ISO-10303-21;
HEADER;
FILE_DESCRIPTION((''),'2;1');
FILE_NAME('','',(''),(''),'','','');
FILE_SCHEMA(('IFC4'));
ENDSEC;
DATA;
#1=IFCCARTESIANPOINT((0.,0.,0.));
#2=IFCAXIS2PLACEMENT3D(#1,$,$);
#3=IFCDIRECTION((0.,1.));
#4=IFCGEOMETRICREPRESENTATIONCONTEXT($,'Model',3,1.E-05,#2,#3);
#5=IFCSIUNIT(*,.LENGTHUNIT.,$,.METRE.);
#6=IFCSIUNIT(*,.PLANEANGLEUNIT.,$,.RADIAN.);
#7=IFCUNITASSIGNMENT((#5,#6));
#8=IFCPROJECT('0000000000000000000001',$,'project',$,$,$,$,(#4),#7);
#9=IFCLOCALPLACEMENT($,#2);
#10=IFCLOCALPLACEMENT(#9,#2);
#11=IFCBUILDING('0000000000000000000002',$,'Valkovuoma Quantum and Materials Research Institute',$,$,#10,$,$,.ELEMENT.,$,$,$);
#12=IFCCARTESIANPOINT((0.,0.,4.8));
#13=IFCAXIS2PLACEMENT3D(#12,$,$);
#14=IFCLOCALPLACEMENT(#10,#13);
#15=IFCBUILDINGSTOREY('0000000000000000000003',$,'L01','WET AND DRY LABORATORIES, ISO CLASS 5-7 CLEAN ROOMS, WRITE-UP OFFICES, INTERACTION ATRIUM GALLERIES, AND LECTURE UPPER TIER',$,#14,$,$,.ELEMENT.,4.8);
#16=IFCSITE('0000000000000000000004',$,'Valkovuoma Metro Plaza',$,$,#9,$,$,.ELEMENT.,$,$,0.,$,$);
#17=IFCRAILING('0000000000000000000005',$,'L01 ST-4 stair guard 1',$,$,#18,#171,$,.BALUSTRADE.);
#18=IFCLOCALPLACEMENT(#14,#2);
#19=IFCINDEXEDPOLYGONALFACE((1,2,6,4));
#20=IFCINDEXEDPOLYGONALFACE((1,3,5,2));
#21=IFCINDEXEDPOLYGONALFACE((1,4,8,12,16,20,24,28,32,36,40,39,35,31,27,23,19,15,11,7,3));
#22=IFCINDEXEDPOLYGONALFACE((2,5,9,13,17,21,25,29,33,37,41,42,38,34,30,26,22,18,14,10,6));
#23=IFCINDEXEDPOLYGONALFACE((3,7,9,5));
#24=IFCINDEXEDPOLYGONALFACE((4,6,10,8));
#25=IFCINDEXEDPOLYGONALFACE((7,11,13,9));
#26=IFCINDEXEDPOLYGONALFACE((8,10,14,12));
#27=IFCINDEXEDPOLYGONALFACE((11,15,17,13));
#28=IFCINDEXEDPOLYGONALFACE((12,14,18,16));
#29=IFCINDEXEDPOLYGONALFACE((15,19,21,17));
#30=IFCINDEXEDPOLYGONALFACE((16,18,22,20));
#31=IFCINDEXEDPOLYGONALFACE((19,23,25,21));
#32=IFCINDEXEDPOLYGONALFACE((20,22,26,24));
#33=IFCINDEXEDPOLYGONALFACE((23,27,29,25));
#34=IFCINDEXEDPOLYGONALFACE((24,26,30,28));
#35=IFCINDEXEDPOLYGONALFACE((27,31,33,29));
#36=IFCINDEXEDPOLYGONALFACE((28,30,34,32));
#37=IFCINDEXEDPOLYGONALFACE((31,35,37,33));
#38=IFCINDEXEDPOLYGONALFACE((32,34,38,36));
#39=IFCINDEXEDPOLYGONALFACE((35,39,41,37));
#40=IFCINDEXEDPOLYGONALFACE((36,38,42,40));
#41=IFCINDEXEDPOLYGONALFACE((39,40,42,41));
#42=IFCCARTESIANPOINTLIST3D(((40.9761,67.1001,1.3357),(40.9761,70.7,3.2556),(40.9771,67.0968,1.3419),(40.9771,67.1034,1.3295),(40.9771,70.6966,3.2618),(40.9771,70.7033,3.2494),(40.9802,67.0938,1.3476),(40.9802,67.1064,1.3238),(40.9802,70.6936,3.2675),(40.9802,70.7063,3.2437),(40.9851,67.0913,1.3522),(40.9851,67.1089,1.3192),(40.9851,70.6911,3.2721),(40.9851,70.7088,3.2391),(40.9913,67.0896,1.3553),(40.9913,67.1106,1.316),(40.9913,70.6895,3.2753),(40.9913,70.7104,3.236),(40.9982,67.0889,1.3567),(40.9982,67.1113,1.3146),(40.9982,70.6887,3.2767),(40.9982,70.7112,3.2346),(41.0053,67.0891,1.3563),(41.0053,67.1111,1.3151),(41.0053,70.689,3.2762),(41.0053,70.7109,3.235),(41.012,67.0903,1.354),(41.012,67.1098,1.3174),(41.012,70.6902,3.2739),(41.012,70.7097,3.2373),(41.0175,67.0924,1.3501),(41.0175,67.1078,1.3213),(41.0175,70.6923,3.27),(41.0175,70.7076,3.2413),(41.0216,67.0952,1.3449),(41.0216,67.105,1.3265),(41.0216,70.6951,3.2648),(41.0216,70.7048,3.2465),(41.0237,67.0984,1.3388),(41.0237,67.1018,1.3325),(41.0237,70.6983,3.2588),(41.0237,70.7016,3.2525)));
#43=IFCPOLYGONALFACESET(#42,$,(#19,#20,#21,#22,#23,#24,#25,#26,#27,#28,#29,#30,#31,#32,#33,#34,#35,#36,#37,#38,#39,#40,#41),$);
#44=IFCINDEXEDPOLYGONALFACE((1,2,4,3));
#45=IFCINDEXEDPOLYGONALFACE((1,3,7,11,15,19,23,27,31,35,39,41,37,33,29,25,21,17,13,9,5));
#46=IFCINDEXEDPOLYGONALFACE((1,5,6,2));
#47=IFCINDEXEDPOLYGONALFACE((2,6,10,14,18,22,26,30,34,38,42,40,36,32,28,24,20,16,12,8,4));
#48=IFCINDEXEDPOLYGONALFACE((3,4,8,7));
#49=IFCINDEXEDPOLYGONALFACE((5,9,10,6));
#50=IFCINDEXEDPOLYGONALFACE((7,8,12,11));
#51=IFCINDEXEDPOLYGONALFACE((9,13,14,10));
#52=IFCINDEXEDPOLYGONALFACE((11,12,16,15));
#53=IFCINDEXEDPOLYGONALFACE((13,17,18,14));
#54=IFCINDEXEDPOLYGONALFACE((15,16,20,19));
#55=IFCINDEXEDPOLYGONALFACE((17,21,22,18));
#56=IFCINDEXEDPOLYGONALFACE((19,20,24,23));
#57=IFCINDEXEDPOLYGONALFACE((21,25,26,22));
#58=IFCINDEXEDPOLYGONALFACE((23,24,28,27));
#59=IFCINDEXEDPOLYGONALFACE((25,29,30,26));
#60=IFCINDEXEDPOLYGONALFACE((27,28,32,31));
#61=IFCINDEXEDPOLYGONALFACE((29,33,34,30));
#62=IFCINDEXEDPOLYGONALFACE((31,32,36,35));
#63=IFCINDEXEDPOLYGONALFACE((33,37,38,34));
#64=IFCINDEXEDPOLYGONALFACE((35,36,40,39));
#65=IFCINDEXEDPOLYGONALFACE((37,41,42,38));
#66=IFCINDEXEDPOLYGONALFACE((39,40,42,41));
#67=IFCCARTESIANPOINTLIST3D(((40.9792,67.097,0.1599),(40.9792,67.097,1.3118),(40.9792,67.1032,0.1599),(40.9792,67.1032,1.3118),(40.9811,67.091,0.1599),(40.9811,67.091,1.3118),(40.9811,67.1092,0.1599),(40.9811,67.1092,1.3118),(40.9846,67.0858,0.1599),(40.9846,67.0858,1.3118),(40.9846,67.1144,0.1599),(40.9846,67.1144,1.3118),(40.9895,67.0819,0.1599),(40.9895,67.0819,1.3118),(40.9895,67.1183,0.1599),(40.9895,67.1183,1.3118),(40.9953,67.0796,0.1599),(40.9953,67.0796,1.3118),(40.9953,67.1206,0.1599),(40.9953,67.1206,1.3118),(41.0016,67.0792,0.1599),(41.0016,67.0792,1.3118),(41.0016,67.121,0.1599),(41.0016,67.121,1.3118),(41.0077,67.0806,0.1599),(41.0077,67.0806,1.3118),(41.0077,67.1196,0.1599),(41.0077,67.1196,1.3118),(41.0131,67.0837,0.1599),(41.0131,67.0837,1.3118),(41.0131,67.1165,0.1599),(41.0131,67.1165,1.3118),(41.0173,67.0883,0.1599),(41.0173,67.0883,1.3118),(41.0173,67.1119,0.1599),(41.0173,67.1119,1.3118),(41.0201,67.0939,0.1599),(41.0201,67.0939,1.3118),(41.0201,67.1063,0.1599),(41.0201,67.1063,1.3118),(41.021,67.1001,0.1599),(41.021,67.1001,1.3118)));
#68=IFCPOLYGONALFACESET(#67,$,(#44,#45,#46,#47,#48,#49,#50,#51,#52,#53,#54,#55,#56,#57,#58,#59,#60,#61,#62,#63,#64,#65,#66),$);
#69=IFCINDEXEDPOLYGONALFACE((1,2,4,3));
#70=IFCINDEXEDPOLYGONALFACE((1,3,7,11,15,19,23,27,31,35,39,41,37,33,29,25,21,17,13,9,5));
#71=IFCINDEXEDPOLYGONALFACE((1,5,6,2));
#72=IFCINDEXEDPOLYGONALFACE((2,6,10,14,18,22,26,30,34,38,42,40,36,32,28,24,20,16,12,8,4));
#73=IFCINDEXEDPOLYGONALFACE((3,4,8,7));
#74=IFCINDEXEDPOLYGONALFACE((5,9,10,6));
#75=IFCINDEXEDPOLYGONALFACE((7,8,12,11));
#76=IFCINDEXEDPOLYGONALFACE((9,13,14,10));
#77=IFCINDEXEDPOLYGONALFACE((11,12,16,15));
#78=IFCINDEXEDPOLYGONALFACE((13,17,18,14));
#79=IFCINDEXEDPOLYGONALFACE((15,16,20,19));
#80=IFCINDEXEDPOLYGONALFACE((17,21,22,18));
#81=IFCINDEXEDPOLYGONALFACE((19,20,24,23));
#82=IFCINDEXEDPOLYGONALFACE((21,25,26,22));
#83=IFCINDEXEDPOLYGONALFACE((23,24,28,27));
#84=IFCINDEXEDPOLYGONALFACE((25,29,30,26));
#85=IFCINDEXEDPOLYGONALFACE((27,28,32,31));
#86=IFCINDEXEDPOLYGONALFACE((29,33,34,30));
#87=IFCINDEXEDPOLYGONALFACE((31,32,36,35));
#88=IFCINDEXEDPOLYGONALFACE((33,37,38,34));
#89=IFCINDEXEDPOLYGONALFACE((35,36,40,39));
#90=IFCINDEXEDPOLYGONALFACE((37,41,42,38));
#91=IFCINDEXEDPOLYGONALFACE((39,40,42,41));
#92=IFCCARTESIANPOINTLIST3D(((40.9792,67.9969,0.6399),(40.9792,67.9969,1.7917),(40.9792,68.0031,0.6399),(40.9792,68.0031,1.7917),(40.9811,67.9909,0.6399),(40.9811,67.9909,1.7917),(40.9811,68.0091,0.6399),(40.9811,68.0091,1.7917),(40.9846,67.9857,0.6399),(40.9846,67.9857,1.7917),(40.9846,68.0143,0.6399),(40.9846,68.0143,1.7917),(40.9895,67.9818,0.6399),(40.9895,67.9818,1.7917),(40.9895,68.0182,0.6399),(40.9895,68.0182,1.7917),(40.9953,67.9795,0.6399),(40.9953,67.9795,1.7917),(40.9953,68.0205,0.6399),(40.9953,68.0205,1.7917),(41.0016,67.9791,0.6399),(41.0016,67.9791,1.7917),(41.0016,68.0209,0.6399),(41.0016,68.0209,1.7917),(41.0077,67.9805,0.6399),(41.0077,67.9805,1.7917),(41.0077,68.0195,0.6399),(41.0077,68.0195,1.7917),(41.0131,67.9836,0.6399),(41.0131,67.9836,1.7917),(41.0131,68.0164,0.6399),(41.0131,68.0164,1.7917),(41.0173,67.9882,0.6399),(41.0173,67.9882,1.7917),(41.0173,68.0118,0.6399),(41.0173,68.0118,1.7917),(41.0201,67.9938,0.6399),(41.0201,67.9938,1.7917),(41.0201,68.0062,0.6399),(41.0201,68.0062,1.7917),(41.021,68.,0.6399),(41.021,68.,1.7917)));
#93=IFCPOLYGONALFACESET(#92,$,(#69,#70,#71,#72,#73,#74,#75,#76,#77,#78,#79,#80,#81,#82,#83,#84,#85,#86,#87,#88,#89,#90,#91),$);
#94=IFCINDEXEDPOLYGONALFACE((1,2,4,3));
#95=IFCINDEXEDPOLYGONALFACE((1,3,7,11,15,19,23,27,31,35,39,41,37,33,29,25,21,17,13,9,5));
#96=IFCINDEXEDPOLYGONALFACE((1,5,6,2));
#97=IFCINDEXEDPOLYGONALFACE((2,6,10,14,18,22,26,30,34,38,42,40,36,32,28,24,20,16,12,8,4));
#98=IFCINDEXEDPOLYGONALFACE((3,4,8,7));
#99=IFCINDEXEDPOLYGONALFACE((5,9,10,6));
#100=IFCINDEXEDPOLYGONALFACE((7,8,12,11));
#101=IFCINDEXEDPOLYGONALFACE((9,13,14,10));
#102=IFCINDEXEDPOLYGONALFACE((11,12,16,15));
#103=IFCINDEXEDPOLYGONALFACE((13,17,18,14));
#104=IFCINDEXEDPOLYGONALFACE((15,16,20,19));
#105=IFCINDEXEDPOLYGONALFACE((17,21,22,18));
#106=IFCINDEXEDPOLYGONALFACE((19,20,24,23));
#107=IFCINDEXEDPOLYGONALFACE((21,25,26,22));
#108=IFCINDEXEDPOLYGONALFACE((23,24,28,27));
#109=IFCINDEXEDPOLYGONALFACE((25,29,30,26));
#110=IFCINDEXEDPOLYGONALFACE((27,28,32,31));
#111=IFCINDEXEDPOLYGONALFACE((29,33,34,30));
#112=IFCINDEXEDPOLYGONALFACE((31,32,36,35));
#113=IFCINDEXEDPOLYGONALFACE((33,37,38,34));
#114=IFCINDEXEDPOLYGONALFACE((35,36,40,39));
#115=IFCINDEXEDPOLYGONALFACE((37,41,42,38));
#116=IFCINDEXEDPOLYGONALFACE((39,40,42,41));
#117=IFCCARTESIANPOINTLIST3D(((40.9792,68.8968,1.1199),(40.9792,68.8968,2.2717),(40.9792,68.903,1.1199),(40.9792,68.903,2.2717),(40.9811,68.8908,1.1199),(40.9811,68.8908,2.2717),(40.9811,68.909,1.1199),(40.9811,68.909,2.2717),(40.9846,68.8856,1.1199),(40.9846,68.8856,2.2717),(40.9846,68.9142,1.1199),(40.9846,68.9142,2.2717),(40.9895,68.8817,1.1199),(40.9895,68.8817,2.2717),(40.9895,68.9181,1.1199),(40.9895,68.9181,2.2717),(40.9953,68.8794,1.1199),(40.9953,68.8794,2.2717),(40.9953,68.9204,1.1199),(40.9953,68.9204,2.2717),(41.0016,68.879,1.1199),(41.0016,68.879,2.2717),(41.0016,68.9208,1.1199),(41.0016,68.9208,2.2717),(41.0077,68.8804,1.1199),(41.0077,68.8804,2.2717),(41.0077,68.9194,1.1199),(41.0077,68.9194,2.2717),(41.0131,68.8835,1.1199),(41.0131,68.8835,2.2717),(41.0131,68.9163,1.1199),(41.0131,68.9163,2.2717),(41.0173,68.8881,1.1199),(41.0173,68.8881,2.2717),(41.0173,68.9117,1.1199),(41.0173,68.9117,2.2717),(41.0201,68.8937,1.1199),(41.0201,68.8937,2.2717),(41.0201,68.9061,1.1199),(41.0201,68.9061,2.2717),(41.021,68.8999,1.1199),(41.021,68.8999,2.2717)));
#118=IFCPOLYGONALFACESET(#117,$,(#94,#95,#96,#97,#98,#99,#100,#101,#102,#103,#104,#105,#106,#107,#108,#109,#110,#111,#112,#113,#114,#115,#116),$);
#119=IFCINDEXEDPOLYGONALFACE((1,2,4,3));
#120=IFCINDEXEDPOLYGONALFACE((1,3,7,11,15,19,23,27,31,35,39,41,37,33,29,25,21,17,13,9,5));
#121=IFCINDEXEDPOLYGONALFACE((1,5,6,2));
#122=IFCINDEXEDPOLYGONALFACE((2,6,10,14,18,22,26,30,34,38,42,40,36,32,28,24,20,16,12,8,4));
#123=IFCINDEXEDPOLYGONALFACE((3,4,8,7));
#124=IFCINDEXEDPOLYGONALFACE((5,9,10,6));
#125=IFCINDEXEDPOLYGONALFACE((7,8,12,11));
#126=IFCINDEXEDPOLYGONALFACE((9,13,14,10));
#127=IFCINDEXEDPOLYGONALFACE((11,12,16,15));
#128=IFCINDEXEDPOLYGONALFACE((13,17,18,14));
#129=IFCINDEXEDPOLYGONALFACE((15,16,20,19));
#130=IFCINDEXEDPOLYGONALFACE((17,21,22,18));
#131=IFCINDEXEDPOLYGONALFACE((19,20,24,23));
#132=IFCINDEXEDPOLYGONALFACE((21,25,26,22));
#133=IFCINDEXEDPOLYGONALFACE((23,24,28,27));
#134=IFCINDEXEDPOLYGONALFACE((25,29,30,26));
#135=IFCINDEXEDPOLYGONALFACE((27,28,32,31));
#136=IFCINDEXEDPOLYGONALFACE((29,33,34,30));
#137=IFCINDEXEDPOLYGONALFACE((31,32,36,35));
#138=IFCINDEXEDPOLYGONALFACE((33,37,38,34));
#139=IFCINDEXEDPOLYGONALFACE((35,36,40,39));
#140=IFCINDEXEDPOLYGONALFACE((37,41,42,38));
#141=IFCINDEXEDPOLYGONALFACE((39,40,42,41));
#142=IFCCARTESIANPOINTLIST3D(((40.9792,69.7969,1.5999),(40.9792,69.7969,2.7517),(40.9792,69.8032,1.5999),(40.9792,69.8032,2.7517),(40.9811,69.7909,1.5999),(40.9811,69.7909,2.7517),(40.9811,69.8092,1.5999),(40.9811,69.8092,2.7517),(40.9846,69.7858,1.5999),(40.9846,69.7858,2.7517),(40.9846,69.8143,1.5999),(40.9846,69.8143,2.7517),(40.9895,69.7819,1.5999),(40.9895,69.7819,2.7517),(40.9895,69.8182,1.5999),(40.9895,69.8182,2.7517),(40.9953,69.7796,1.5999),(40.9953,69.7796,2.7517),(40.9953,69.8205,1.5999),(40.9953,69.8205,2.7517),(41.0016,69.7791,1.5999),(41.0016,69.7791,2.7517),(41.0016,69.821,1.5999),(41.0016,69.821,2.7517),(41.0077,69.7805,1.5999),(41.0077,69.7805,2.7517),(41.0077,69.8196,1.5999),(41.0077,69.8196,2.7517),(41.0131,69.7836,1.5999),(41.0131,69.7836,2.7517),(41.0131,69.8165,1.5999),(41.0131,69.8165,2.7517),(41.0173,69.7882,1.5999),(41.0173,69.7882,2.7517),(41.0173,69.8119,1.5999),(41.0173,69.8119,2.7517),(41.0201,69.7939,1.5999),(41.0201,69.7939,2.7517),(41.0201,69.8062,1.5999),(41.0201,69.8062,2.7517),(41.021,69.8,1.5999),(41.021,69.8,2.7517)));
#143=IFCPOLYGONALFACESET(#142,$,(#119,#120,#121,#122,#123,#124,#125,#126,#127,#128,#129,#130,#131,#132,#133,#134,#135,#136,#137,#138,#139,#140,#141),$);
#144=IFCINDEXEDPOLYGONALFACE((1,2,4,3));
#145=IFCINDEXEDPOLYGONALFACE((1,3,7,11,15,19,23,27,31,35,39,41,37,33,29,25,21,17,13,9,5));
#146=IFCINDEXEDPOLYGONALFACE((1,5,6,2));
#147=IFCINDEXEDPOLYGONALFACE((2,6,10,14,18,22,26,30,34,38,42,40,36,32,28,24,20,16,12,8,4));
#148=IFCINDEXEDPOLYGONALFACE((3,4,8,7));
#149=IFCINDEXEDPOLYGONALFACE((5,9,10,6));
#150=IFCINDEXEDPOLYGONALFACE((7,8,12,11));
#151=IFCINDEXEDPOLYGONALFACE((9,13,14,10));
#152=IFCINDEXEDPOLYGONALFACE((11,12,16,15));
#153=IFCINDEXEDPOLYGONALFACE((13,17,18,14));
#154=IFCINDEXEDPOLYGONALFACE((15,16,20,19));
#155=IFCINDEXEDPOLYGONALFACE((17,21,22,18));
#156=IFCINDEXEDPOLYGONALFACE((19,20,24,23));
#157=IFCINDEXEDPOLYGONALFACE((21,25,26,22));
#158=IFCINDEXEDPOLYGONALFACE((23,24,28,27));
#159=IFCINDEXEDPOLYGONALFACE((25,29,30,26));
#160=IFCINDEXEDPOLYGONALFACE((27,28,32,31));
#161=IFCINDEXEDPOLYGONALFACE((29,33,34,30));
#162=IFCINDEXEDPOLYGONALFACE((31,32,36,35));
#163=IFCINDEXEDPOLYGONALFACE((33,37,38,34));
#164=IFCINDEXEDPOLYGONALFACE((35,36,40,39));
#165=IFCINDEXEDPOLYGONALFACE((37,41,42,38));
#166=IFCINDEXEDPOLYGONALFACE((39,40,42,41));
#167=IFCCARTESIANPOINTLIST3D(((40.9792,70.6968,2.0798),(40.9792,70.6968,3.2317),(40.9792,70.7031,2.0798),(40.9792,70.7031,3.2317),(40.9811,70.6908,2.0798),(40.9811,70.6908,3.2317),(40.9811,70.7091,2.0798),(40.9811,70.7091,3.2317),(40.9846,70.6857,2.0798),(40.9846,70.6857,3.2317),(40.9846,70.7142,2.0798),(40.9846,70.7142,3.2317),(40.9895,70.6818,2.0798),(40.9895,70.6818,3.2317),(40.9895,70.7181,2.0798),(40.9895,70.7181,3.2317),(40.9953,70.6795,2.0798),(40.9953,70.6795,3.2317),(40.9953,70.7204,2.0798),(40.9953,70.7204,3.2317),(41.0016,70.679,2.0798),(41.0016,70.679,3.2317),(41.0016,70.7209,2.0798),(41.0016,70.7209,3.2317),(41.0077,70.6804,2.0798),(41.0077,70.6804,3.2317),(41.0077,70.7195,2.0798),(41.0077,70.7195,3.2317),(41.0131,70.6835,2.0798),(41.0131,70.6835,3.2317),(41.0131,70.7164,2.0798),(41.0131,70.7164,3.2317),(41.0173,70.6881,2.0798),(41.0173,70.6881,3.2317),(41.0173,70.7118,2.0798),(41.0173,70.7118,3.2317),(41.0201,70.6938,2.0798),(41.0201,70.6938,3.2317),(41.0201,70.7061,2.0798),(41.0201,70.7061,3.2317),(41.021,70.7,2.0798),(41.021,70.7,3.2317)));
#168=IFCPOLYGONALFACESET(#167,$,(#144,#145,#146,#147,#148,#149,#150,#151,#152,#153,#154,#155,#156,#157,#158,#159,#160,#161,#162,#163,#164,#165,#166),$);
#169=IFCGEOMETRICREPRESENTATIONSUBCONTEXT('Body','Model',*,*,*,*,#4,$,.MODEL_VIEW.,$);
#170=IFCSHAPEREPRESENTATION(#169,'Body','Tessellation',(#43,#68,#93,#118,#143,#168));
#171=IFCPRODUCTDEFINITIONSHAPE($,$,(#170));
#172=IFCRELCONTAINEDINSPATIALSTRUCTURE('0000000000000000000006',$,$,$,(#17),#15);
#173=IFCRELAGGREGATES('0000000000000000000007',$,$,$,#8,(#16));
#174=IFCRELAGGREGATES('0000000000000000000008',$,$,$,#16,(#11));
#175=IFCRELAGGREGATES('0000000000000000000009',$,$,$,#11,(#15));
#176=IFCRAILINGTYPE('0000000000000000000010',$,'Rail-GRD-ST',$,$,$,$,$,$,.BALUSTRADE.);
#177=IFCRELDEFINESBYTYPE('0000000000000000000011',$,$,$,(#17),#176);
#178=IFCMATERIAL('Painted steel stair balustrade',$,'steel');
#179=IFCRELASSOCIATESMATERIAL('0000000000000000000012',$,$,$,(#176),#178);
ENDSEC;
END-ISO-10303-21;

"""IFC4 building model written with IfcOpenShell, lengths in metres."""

from ifc_helpers import new_model, si_unit, direction, frame, origin, origin_2d, place, context, subcontext, project, spatial, circle, extrude, material, type_object, element, save


model = new_model("IFC4")

# Units and contexts
model_context = context("Model", 3, precision=1e-05, world=origin(), true_north=direction((0.0, 1.0)))
body_context = subcontext(model_context, "Body", "Model", "MODEL_VIEW")
ifc_project = project(units=[si_unit("LENGTHUNIT", "METRE"), si_unit("PLANEANGLEUNIT", "RADIAN")], contexts=[model_context])

# Site, building, storey
site_placement = place(None, origin())
site = spatial("IfcSite", under=ifc_project, at=site_placement, Name="Valkovuoma Metro Plaza", CompositionType="ELEMENT", RefElevation=0.0)
building_placement = place(site_placement, origin())
building = spatial("IfcBuilding", under=site, at=building_placement, Name="Valkovuoma Quantum and Materials Research Institute", CompositionType="ELEMENT")
storey_placement = place(building_placement, frame((0.0, 0.0, 4.8)))
storey = spatial("IfcBuildingStorey", under=building, at=storey_placement, Name="L01", Description="WET AND DRY LABORATORIES, ISO CLASS 5-7 CLEAN ROOMS, WRITE-UP OFFICES, INTERACTION ATRIUM GALLERIES, AND LECTURE UPPER TIER", CompositionType="ELEMENT", Elevation=4.8)

# Railing
ifc_material_1 = material(Name="Painted steel stair balustrade", Category="steel")
railing_type_1 = type_object("IfcRailingType", Name="Rail-GRD-ST", PredefinedType="BALUSTRADE", material=ifc_material_1)
railing_1_placement = place(storey_placement, frame((41.0, 67.1001, 0.1599)))
element("IfcRailing", 1, at=railing_1_placement, inside=storey, type_object=railing_type_1, Name="L01 ST-4 stair guard 1", PredefinedType="BALUSTRADE", context=body_context, shape_type="SweptSolid", body=[
    extrude(circle(Radius=0.0239, at=origin_2d()), frame((0.0, 0.0, 1.1758), z_axis=(0.0, 0.882353, 0.470588), x_axis=(-1.0, 0.0, 0.0)), (0.0, 0.0, 1.0), 4.0798),
    extrude(circle(Radius=0.021, at=origin_2d()), origin(), (0.0, 0.0, 1.0), 1.1519),
    extrude(circle(Radius=0.021, at=origin_2d()), frame((0.0, 0.8999, 0.48)), (0.0, 0.0, 1.0), 1.1519),
    extrude(circle(Radius=0.021, at=origin_2d()), frame((0.0, 1.7998, 0.96)), (0.0, 0.0, 1.0), 1.1519),
    extrude(circle(Radius=0.021, at=origin_2d()), frame((0.0, 2.7, 1.4399)), (0.0, 0.0, 1.0), 1.1519),
    extrude(circle(Radius=0.021, at=origin_2d()), frame((0.0, 3.5999, 1.9199)), (0.0, 0.0, 1.0), 1.1519),
])

save(model, "model.ifc")
